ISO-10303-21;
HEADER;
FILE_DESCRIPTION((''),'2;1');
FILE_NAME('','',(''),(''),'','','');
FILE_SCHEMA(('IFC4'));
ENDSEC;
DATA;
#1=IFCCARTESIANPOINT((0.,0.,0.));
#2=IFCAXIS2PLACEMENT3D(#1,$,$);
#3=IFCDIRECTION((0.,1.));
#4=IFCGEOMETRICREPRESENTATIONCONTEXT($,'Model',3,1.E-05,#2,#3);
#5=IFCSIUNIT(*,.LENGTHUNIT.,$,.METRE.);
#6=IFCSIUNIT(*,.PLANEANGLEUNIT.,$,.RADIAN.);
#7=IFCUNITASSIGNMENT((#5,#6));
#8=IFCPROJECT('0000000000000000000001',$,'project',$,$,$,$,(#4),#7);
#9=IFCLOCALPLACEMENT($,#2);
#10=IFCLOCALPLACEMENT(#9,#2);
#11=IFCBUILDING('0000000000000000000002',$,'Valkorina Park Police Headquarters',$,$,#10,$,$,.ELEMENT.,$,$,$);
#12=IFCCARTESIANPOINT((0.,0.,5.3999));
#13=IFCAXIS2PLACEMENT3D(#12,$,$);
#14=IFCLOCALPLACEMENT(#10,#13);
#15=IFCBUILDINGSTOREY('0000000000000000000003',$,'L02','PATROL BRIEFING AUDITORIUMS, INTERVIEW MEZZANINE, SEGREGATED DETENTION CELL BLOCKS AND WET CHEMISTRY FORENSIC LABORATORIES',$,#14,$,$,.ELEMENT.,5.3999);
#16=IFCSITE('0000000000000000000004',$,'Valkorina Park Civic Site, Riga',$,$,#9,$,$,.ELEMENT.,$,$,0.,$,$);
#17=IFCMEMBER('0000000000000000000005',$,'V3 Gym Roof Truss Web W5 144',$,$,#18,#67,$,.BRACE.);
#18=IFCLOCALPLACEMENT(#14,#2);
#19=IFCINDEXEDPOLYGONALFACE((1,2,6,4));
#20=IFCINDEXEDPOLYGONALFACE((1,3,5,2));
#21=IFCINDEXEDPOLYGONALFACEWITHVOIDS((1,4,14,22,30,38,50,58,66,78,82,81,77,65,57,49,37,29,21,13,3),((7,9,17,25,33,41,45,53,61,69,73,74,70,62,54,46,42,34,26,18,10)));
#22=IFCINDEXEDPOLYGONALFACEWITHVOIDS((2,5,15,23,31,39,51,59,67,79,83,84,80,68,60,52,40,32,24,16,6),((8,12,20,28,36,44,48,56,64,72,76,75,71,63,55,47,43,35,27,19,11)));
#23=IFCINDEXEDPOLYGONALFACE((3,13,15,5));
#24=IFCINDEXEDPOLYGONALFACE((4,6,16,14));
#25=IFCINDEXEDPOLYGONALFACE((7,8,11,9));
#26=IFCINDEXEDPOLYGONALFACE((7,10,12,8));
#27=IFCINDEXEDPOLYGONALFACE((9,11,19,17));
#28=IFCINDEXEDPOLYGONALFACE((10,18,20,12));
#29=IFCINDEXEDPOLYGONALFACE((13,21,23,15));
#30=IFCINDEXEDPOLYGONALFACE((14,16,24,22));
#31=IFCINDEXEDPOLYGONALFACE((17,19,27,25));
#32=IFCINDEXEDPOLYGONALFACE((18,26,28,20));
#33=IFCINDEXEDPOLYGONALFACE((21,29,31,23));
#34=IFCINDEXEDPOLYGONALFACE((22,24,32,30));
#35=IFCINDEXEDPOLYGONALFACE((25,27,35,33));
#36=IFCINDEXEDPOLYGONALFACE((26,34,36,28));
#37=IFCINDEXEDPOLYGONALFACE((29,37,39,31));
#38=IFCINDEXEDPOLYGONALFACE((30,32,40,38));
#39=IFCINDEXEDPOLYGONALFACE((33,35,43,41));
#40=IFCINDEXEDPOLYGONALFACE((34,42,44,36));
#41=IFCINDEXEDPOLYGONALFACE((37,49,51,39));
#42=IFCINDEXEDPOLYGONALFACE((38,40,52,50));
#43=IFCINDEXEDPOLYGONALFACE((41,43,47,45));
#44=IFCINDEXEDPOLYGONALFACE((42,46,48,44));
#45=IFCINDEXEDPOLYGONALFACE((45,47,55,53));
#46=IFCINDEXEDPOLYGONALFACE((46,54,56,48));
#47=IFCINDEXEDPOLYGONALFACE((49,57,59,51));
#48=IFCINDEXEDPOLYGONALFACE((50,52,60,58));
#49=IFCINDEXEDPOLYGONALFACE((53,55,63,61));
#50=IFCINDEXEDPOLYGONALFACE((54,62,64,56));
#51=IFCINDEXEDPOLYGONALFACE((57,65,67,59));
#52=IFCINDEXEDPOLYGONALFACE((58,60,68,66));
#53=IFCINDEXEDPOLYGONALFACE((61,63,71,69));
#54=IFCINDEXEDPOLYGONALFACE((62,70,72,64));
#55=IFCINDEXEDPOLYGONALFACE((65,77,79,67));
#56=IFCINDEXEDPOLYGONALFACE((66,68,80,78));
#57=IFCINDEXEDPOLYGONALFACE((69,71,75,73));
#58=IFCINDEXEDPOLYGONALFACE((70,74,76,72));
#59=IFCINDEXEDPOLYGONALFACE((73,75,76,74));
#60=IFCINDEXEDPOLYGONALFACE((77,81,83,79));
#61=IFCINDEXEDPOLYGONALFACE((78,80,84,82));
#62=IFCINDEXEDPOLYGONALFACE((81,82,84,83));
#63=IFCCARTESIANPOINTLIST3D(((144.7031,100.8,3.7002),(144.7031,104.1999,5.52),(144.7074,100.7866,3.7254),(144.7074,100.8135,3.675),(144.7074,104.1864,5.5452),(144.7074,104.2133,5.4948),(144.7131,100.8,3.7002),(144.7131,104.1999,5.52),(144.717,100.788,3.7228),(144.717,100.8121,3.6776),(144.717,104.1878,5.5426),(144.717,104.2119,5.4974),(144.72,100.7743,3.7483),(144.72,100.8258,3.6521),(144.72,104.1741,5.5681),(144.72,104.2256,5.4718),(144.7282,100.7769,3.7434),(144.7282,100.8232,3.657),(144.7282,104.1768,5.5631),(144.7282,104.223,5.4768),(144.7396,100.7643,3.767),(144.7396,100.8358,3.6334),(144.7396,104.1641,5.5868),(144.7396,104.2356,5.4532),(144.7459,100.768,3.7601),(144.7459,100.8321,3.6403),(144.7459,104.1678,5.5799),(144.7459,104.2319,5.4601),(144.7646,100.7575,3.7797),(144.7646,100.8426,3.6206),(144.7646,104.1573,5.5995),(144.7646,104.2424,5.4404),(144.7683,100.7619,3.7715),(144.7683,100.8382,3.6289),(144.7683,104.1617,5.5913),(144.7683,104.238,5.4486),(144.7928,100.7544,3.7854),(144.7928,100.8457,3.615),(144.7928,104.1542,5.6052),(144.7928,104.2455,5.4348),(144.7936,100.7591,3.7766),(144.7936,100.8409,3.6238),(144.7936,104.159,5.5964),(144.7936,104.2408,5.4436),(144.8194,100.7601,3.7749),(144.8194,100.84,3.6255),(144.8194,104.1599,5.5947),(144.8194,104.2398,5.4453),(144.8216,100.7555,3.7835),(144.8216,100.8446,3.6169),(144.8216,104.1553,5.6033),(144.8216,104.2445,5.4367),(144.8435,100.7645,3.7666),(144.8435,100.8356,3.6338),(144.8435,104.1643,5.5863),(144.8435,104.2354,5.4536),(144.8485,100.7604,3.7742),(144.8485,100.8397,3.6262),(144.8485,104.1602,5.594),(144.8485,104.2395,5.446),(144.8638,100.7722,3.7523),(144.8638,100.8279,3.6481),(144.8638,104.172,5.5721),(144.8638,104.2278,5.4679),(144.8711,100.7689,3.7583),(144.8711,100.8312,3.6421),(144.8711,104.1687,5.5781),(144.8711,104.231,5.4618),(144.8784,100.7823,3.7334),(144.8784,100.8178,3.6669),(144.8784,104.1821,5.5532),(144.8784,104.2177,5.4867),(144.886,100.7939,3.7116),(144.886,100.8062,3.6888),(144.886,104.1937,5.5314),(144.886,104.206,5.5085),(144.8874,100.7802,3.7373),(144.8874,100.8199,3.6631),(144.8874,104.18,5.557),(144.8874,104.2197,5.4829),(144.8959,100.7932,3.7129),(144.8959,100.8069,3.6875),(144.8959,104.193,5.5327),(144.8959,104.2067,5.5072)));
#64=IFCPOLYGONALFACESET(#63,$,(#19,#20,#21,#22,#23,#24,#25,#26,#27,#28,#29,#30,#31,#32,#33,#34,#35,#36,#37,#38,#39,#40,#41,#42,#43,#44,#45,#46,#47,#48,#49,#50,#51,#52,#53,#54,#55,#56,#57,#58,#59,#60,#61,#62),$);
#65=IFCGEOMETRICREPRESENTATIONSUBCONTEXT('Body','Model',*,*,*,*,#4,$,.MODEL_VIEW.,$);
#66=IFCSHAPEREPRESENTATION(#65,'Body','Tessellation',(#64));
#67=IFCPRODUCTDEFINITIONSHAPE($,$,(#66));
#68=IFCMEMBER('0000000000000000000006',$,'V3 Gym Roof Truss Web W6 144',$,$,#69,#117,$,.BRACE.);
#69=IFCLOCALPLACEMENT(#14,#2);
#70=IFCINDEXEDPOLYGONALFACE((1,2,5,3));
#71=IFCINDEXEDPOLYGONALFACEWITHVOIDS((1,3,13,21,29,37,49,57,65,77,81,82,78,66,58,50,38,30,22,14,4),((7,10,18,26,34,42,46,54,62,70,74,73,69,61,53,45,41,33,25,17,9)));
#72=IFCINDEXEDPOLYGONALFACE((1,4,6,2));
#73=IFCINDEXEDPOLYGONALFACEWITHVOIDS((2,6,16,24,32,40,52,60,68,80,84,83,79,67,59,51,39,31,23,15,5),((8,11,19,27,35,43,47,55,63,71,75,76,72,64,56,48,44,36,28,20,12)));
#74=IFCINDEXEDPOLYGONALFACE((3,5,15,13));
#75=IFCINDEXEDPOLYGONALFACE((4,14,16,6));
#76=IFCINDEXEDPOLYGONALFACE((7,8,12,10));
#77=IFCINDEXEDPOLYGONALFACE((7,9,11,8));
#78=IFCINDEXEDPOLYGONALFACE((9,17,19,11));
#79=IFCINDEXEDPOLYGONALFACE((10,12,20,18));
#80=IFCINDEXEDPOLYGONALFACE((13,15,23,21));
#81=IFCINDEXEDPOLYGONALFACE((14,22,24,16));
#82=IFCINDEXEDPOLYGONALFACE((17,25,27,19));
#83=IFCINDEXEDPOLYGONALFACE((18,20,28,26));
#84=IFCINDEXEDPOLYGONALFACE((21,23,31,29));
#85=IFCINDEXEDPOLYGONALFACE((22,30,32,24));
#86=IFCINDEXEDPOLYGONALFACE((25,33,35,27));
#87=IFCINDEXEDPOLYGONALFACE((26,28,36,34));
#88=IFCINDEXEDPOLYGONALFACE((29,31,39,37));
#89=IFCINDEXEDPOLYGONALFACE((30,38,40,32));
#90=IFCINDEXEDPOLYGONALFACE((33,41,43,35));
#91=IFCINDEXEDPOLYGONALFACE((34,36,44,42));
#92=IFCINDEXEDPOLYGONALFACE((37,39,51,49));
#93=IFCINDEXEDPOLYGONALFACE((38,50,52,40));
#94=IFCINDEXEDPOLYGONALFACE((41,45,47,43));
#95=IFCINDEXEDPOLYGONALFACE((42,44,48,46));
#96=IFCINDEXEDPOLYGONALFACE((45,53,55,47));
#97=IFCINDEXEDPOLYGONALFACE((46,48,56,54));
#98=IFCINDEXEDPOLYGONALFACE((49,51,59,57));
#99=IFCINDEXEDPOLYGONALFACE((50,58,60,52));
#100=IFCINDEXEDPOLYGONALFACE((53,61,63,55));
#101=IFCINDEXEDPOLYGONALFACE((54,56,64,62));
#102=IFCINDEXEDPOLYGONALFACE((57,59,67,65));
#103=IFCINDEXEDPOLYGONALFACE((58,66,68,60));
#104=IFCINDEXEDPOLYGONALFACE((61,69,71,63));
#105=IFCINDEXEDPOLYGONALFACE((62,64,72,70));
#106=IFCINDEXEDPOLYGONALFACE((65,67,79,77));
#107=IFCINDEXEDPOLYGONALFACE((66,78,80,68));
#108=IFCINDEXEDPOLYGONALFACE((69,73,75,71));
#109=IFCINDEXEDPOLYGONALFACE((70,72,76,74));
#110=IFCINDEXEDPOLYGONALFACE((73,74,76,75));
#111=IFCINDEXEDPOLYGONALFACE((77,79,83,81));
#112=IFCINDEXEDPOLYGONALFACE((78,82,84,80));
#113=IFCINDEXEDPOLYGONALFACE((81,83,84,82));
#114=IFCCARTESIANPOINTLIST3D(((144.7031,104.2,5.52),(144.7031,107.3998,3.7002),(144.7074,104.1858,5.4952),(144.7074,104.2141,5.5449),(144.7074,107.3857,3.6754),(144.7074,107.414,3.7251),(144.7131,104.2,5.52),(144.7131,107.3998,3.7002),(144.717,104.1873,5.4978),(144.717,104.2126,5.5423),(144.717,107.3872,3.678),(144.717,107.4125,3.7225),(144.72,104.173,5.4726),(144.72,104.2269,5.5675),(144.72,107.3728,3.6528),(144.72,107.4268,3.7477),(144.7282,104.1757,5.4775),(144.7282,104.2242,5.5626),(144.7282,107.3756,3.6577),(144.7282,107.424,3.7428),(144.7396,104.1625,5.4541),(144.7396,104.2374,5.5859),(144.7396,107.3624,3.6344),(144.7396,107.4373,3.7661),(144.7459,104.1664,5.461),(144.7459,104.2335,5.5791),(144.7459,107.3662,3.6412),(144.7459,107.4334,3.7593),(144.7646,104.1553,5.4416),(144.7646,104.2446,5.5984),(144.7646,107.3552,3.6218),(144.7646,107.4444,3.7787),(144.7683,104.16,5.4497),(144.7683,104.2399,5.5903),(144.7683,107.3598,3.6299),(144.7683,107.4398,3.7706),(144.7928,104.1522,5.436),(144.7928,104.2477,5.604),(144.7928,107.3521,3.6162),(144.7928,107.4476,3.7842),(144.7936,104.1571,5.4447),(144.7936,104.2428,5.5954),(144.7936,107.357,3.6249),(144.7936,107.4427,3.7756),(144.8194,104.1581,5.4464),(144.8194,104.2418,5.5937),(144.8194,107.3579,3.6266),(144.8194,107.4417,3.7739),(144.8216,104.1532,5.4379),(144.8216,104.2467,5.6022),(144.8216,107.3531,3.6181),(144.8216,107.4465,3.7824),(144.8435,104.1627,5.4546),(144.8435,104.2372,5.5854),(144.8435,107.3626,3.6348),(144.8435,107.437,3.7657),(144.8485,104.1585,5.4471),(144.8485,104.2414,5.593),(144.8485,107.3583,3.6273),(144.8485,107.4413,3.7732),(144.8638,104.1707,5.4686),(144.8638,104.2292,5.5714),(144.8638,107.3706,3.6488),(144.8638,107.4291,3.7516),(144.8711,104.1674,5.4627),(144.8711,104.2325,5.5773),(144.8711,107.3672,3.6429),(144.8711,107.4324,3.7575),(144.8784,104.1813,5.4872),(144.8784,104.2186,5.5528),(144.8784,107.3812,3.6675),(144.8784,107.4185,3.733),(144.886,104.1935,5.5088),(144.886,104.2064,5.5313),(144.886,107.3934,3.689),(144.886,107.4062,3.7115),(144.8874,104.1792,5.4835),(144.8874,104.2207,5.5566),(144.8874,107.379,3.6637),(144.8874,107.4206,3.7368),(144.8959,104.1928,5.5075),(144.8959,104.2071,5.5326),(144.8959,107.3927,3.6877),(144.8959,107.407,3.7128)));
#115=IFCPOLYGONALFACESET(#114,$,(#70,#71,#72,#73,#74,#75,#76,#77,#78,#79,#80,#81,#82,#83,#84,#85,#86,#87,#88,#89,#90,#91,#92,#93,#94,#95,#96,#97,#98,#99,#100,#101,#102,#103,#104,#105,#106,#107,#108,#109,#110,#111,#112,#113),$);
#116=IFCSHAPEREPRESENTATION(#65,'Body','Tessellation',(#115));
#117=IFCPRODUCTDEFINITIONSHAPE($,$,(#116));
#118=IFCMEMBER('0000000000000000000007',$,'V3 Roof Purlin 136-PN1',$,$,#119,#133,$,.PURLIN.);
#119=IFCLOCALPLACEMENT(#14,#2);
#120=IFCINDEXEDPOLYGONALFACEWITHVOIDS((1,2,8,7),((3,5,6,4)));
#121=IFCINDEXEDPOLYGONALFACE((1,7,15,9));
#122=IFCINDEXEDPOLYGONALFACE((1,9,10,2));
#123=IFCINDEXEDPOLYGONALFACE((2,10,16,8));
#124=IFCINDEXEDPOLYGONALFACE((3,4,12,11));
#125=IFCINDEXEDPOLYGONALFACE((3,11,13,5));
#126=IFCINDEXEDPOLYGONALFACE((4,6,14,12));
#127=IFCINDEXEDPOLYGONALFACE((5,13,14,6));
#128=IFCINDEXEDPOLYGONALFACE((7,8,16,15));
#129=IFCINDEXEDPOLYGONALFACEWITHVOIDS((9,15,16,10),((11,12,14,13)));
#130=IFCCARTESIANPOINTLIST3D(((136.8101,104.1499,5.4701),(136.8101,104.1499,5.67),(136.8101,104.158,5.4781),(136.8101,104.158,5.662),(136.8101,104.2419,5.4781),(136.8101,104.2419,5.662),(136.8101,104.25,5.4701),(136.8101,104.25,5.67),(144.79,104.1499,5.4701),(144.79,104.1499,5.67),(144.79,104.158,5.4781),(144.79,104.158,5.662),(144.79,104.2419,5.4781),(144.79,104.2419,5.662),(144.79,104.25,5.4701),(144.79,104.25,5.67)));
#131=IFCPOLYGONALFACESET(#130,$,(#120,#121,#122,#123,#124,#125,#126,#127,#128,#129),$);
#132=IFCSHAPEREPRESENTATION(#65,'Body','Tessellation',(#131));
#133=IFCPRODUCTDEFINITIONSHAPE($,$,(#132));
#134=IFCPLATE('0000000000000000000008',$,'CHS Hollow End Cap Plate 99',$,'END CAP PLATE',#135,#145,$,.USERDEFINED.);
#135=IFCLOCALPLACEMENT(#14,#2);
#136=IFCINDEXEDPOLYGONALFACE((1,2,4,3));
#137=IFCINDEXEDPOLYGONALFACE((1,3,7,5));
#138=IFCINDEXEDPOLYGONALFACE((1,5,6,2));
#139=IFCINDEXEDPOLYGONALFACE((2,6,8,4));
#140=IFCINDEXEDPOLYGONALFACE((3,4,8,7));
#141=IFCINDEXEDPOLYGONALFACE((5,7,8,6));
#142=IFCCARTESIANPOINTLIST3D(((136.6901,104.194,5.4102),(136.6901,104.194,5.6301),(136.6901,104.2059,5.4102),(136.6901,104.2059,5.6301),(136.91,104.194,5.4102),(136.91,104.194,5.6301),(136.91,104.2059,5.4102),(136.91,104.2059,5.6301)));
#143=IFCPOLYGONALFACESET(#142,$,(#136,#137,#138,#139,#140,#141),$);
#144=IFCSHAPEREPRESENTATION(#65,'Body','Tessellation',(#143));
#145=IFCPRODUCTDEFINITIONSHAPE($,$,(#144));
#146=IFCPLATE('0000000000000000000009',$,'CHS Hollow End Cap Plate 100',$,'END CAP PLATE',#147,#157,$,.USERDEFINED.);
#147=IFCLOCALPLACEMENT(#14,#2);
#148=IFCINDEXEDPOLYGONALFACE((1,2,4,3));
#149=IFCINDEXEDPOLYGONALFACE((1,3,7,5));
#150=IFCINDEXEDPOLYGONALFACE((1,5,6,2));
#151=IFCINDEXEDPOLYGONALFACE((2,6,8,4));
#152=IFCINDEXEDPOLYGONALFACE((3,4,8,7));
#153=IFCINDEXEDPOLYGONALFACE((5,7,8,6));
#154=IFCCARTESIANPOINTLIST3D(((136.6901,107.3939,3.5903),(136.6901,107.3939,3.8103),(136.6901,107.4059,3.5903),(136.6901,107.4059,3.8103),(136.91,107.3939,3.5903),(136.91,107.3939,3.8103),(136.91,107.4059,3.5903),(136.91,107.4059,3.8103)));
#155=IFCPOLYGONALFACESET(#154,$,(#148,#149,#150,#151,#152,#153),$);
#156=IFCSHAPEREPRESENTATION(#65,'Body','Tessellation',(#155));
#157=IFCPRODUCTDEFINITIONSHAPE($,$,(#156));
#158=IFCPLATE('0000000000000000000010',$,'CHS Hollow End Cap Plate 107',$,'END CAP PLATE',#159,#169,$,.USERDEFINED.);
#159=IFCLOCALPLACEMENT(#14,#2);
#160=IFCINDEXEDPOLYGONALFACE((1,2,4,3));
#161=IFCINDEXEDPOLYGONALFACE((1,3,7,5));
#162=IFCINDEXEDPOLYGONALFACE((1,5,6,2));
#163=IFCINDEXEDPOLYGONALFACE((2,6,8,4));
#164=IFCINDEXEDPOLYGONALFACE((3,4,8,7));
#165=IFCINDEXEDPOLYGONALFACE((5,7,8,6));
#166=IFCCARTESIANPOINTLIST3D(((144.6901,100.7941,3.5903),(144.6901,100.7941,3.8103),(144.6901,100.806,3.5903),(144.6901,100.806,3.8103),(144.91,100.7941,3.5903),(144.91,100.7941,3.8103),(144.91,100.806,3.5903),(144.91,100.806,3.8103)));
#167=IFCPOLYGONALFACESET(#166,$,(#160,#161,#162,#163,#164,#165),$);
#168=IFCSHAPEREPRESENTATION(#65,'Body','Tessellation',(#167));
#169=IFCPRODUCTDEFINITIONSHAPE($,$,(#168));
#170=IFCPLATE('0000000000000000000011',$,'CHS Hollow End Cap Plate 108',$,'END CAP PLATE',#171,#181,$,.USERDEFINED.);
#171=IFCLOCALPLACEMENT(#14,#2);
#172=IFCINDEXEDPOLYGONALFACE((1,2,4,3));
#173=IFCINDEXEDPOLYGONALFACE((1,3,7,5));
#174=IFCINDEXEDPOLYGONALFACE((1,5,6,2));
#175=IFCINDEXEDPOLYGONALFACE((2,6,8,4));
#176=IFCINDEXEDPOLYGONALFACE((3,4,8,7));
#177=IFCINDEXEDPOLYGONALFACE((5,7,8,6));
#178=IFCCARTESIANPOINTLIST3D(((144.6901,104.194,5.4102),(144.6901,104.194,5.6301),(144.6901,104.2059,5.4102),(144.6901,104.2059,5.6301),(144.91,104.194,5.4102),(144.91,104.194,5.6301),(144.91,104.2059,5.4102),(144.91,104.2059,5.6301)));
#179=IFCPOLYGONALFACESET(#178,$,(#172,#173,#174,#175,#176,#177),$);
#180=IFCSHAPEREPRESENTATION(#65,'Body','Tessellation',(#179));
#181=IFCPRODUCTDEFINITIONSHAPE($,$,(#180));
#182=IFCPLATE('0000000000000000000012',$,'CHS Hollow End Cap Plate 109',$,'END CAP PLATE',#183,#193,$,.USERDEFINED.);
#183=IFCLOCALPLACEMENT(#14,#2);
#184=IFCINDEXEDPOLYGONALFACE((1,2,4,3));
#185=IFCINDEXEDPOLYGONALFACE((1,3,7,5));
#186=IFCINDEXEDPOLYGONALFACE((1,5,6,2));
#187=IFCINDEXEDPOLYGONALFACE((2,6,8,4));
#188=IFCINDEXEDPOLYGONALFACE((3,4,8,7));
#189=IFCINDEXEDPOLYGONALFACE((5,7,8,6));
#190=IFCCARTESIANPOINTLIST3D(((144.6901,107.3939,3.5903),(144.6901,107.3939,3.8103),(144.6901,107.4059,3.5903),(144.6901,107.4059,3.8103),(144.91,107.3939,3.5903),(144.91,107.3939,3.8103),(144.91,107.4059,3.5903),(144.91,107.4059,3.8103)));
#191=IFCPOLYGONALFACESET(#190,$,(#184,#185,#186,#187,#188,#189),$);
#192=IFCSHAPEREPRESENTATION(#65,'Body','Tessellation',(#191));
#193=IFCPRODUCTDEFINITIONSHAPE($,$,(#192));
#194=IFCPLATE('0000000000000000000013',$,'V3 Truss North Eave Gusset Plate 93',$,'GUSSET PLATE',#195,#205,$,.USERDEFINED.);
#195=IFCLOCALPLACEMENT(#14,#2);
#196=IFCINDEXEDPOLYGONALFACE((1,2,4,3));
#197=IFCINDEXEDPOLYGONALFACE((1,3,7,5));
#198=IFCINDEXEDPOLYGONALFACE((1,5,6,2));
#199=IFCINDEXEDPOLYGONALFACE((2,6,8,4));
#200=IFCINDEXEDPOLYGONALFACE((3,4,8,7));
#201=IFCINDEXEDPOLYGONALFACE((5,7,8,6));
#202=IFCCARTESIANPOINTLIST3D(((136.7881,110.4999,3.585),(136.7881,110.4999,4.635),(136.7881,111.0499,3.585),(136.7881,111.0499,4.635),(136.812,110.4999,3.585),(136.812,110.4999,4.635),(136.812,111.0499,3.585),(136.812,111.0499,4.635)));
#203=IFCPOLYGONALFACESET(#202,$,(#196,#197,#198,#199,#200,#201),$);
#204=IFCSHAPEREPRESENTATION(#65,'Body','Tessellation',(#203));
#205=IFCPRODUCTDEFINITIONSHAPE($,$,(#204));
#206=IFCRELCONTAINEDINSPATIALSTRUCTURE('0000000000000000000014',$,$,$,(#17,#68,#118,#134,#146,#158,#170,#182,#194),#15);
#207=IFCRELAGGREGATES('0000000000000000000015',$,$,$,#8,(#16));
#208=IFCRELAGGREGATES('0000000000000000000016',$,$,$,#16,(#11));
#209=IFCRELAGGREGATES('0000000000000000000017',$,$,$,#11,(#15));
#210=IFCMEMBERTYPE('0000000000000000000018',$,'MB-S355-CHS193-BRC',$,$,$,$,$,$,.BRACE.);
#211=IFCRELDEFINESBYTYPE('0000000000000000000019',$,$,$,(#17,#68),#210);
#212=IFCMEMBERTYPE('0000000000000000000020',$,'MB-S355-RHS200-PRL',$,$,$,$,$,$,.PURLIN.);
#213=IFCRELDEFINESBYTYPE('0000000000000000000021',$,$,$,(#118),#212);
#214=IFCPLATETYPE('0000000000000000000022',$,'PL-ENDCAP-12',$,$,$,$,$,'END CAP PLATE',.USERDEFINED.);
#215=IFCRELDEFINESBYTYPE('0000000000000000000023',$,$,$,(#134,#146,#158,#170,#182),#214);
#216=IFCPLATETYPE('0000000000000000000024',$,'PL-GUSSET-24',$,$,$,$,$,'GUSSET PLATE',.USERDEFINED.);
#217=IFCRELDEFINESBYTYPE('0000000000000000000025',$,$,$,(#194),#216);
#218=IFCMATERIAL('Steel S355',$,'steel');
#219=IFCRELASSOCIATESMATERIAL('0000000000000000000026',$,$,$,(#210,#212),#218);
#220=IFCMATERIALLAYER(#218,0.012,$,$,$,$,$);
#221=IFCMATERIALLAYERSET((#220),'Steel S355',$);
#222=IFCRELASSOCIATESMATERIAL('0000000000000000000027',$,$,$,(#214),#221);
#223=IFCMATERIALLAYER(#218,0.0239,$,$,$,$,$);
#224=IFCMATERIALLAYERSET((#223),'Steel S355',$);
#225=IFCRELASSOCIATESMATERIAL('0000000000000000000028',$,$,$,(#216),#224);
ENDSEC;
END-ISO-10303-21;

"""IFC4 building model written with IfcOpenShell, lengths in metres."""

from ifc_helpers import new_model, si_unit, direction, frame, origin, origin_2d, place, context, subcontext, project, spatial, rectangle, hollow_rectangle, hollow_circle, extrude, material, layer, layer_set, material_profile, profile_set, type_object, element, save


model = new_model("IFC4")

# Units and contexts
model_context = context("Model", 3, precision=1e-05, world=origin(), true_north=direction((0.0, 1.0)))
body_context = subcontext(model_context, "Body", "Model", "MODEL_VIEW")
ifc_project = project(units=[si_unit("LENGTHUNIT", "METRE"), si_unit("PLANEANGLEUNIT", "RADIAN")], contexts=[model_context])

# Site, building, storey
site_placement = place(None, origin())
site = spatial("IfcSite", under=ifc_project, at=site_placement, Name="Valkorina Park Civic Site, Riga", CompositionType="ELEMENT", RefElevation=0.0)
building_placement = place(site_placement, origin())
building = spatial("IfcBuilding", under=site, at=building_placement, Name="Valkorina Park Police Headquarters", CompositionType="ELEMENT")
storey_placement = place(building_placement, frame((0.0, 0.0, 5.3999)))
storey = spatial("IfcBuildingStorey", under=building, at=storey_placement, Name="L02", Description="PATROL BRIEFING AUDITORIUMS, INTERVIEW MEZZANINE, SEGREGATED DETENTION CELL BLOCKS AND WET CHEMISTRY FORENSIC LABORATORIES", CompositionType="ELEMENT", Elevation=5.3999)

# Shared definitions
ifc_material_1 = material(Name="Steel S355", Category="steel")

# Members
ifc_material_profile_1 = material_profile(ifc_material_1, hollow_circle(Radius=0.0969, WallThickness=0.01, at=origin_2d()), Name="CHS 193.7x10")
ifc_profile_set_1 = profile_set([ifc_material_profile_1], Name="Steel S355")
member_type_1 = type_object("IfcMemberType", Name="MB-S355-CHS193-BRC", PredefinedType="BRACE", material=ifc_profile_set_1)
member_1_placement = place(storey_placement, frame((144.8, 100.8, 3.7002), z_axis=(0.0, 0.881647, 0.471909), x_axis=(-1.0, 0.0, 0.0)))
element("IfcMember", 1, at=member_1_placement, inside=storey, type_object=member_type_1, Name="V3 Gym Roof Truss Web W5 144", PredefinedType="BRACE", context=body_context, shape_type="SweptSolid", body=[
    extrude(hollow_circle(Radius=0.0969, WallThickness=0.01, at=origin_2d()), origin(), (0.0, 0.0, 1.0), 3.8562),
])
member_2_placement = place(storey_placement, frame((144.8, 104.2, 5.52), z_axis=(0.0, 0.869262, -0.494352), x_axis=(-1.0, 0.0, 0.0)))
element("IfcMember", 2, at=member_2_placement, inside=storey, type_object=member_type_1, Name="V3 Gym Roof Truss Web W6 144", PredefinedType="BRACE", context=body_context, shape_type="SweptSolid", body=[
    extrude(hollow_circle(Radius=0.0969, WallThickness=0.01, at=origin_2d()), origin(), (0.0, 0.0, 1.0), 3.6812),
])
ifc_material_profile_2 = material_profile(ifc_material_1, hollow_rectangle(XDim=0.1001, YDim=0.2, WallThickness=0.0081, at=origin_2d()), Name="RHS 200x100x8")
ifc_profile_set_2 = profile_set([ifc_material_profile_2], Name="Steel S355")
member_type_2 = type_object("IfcMemberType", Name="MB-S355-RHS200-PRL", PredefinedType="PURLIN", material=ifc_profile_set_2)
member_3_placement = place(storey_placement, frame((136.8101, 104.2, 5.5701), z_axis=(1.0, 0.0, 0.0), x_axis=(0.0, 1.0, 0.0)))
element("IfcMember", 3, at=member_3_placement, inside=storey, type_object=member_type_2, Name="V3 Roof Purlin 136-PN1", PredefinedType="PURLIN", context=body_context, shape_type="SweptSolid", body=[
    extrude(hollow_rectangle(XDim=0.1001, YDim=0.2, WallThickness=0.0081, at=origin_2d()), origin(), (0.0, 0.0, 1.0), 7.98),
])

# Plates
ifc_layer_1 = layer(ifc_material_1, 0.012)
ifc_layer_set_1 = layer_set([ifc_layer_1], Name="Steel S355")
plate_type_1 = type_object("IfcPlateType", Name="PL-ENDCAP-12", ElementType="END CAP PLATE", PredefinedType="USERDEFINED", material=ifc_layer_set_1)
for number, where, z_axis, x_axis, name in (
    (4, (136.8, 104.2, 5.4102), (0.0, 0.0, 1.0), (1.0, 0.0, 0.0), "CHS Hollow End Cap Plate 99"),
    (5, (136.8, 107.3999, 3.5903), (0.0, 0.0, 1.0), (1.0, 0.0, 0.0), "CHS Hollow End Cap Plate 100"),
    (6, (144.8, 100.8, 3.5903), (0.0, 0.0, 1.0), (1.0, 0.0, 0.0), "CHS Hollow End Cap Plate 107"),
    (7, (144.8, 104.2, 5.4102), (0.0, 0.0, 1.0), (1.0, 0.0, 0.0), "CHS Hollow End Cap Plate 108"),
    (8, (144.8, 107.3999, 3.5903), (0.0, 0.0, 1.0), (1.0, 0.0, 0.0), "CHS Hollow End Cap Plate 109"),
):
    element("IfcPlate", number, at=place(storey_placement, frame(where, z_axis=z_axis, x_axis=x_axis)), inside=storey, type_object=plate_type_1, Name=name, ObjectType="END CAP PLATE", PredefinedType="USERDEFINED", context=body_context, shape_type="SweptSolid", body=[
        extrude(rectangle(XDim=0.22, YDim=0.012, at=origin_2d()), origin(), (0.0, 0.0, 1.0), 0.22),
    ])
ifc_layer_2 = layer(ifc_material_1, 0.0239)
ifc_layer_set_2 = layer_set([ifc_layer_2], Name="Steel S355")
plate_type_2 = type_object("IfcPlateType", Name="PL-GUSSET-24", ElementType="GUSSET PLATE", PredefinedType="USERDEFINED", material=ifc_layer_set_2)
plate_placement = place(storey_placement, frame((136.8, 110.7749, 3.585), z_axis=(0.0, 0.0, 1.0), x_axis=(1.0, 0.0, 0.0)))
element("IfcPlate", 9, at=plate_placement, inside=storey, type_object=plate_type_2, Name="V3 Truss North Eave Gusset Plate 93", ObjectType="GUSSET PLATE", PredefinedType="USERDEFINED", context=body_context, shape_type="SweptSolid", body=[
    extrude(rectangle(XDim=0.0239, YDim=0.55, at=origin_2d()), origin(), (0.0, 0.0, 1.0), 1.05),
])

save(model, "model.ifc")
